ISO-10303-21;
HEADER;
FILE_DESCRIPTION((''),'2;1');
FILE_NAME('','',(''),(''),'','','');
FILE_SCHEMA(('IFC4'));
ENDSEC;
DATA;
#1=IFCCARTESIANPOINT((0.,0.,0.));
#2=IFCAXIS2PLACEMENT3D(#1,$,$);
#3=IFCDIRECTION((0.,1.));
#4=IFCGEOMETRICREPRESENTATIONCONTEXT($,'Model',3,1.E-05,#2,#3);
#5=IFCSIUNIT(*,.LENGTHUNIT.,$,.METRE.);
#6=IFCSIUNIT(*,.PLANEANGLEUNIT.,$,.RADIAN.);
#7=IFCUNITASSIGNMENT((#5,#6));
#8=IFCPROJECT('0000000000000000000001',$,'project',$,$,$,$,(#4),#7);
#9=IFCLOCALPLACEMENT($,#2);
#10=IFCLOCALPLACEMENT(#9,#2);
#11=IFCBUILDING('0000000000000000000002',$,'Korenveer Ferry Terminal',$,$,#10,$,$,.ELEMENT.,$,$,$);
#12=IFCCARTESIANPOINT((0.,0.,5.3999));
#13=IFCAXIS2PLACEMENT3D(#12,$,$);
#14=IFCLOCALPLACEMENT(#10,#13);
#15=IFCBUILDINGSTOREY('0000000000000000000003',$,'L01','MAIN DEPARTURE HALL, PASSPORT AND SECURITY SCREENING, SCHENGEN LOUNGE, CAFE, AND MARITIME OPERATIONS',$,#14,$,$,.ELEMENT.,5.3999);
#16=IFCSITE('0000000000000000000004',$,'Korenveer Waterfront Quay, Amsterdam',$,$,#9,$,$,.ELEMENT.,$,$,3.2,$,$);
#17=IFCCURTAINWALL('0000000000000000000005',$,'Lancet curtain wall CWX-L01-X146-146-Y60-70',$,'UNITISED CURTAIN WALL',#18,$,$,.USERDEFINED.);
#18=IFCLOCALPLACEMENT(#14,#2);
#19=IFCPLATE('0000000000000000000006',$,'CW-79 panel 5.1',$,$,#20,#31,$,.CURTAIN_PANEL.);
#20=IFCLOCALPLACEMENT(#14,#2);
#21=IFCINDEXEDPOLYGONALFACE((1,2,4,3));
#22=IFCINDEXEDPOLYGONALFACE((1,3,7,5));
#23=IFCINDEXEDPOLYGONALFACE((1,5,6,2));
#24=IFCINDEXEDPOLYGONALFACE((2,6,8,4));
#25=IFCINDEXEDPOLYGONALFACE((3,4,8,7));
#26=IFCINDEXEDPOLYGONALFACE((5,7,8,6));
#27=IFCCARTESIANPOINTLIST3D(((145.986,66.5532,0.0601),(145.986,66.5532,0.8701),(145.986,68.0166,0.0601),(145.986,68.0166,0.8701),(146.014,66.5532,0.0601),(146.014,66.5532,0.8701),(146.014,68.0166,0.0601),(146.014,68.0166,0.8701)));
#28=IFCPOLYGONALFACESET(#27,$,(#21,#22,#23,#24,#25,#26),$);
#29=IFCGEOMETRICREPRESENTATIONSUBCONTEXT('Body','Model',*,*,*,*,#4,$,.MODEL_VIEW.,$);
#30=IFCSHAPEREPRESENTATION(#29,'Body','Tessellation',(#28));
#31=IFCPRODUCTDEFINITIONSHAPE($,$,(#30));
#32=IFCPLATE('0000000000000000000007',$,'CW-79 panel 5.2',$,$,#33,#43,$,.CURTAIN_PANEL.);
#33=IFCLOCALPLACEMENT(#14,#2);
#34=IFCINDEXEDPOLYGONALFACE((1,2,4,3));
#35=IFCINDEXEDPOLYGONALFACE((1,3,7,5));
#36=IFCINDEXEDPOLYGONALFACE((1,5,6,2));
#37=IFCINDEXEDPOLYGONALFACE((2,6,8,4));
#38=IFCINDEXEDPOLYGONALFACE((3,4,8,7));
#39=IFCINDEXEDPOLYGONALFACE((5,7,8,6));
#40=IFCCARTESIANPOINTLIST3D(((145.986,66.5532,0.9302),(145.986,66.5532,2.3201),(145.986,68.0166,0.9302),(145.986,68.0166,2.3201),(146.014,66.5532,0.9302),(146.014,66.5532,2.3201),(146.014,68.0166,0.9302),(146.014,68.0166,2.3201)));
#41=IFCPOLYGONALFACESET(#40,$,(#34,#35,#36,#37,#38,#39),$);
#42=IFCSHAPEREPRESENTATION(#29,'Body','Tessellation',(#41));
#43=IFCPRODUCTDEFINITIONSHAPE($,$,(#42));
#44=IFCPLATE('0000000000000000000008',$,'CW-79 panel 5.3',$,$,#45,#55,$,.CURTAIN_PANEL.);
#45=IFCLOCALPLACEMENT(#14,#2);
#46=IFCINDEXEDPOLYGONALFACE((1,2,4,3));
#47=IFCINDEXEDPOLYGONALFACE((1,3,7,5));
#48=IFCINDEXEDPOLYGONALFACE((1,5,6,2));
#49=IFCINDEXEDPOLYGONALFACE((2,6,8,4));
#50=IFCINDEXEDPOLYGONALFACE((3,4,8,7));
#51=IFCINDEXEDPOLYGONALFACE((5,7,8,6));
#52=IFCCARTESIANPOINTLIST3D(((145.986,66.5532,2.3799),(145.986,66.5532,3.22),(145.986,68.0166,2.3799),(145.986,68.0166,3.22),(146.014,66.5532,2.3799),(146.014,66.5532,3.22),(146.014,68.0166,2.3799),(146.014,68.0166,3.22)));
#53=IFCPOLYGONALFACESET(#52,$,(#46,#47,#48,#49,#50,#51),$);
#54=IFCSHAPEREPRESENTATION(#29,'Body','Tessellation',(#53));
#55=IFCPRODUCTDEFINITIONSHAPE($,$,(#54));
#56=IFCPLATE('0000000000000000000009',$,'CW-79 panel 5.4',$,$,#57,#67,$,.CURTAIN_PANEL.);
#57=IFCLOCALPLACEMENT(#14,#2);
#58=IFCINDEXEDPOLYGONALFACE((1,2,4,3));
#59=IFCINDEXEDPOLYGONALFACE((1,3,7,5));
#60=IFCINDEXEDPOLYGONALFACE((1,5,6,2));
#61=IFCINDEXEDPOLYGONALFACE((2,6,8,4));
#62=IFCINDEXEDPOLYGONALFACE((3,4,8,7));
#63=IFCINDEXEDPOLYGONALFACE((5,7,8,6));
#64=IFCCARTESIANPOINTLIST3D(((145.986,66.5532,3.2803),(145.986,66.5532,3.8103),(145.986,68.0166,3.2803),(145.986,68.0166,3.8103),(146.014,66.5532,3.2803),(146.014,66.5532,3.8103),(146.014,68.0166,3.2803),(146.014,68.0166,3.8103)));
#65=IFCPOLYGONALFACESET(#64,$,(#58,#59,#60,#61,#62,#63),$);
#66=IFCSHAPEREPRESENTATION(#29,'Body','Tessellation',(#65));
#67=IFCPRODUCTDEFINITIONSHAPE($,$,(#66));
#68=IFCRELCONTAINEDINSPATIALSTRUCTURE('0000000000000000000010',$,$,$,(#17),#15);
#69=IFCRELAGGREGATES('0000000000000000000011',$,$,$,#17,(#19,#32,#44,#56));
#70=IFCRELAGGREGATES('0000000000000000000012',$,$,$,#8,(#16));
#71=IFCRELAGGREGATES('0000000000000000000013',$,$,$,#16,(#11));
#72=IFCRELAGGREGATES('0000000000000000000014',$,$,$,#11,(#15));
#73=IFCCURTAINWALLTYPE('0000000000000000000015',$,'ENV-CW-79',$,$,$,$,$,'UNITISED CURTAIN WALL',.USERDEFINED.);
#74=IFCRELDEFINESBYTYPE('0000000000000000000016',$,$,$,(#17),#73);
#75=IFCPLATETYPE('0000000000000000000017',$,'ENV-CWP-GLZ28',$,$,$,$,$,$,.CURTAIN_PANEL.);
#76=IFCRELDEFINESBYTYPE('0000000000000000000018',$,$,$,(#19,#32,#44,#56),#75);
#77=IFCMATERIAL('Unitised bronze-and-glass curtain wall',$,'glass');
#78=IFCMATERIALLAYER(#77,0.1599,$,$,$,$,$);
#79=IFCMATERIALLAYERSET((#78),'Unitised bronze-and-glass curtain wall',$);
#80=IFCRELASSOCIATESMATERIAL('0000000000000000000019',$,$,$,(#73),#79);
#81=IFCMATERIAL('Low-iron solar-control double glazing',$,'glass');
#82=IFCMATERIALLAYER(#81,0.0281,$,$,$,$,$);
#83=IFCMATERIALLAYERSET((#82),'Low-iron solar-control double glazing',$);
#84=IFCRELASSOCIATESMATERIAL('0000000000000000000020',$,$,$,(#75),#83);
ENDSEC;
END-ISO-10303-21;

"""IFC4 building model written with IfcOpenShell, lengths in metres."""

from ifc_helpers import new_model, si_unit, direction, frame, origin, origin_2d, place, context, subcontext, project, spatial, rectangle, extrude, material, layer, layer_set, type_object, element, aggregate, save


model = new_model("IFC4")

# Units and contexts
model_context = context("Model", 3, precision=1e-05, world=origin(), true_north=direction((0.0, 1.0)))
body_context = subcontext(model_context, "Body", "Model", "MODEL_VIEW")
ifc_project = project(units=[si_unit("LENGTHUNIT", "METRE"), si_unit("PLANEANGLEUNIT", "RADIAN")], contexts=[model_context])

# Site, building, storey
site_placement = place(None, origin())
site = spatial("IfcSite", under=ifc_project, at=site_placement, Name="Korenveer Waterfront Quay, Amsterdam", CompositionType="ELEMENT", RefElevation=3.2)
building_placement = place(site_placement, origin())
building = spatial("IfcBuilding", under=site, at=building_placement, Name="Korenveer Ferry Terminal", CompositionType="ELEMENT")
storey_placement = place(building_placement, frame((0.0, 0.0, 5.3999)))
storey = spatial("IfcBuildingStorey", under=building, at=storey_placement, Name="L01", Description="MAIN DEPARTURE HALL, PASSPORT AND SECURITY SCREENING, SCHENGEN LOUNGE, CAFE, AND MARITIME OPERATIONS", CompositionType="ELEMENT", Elevation=5.3999)

# Curtain wall, plates
ifc_material_1 = material(Name="Unitised bronze-and-glass curtain wall", Category="glass")
ifc_layer_1 = layer(ifc_material_1, 0.1599)
ifc_layer_set_1 = layer_set([ifc_layer_1], Name="Unitised bronze-and-glass curtain wall")
curtain_wall_type = type_object("IfcCurtainWallType", Name="ENV-CW-79", ElementType="UNITISED CURTAIN WALL", PredefinedType="USERDEFINED", material=ifc_layer_set_1)
curtain_wall_placement = place(storey_placement, frame((146.0, 60.4299, 0.0)))
curtain_wall = element("IfcCurtainWall", 1, at=curtain_wall_placement, inside=storey, type_object=curtain_wall_type, Name="Lancet curtain wall CWX-L01-X146-146-Y60-70", ObjectType="UNITISED CURTAIN WALL", PredefinedType="USERDEFINED")
ifc_material_2 = material(Name="Low-iron solar-control double glazing", Category="glass")
ifc_layer_2 = layer(ifc_material_2, 0.0281)
ifc_layer_set_2 = layer_set([ifc_layer_2], Name="Low-iron solar-control double glazing")
plate_type = type_object("IfcPlateType", Name="ENV-CWP-GLZ28", PredefinedType="CURTAIN_PANEL", material=ifc_layer_set_2)
plate_1_placement = place(storey_placement, frame((146.0, 67.2849, 0.0601), z_axis=(0.0, 0.0, 1.0), x_axis=(0.0, 1.0, 0.0)))
plate_1 = element("IfcPlate", 2, at=plate_1_placement, type_object=plate_type, Name="CW-79 panel 5.1", PredefinedType="CURTAIN_PANEL", context=body_context, shape_type="SweptSolid", body=[
    extrude(rectangle(XDim=1.4634, YDim=0.0281, at=origin_2d()), origin(), (0.0, 0.0, 1.0), 0.8101),
])
plate_2_placement = place(storey_placement, frame((146.0, 67.2849, 0.9302), z_axis=(0.0, 0.0, 1.0), x_axis=(0.0, 1.0, 0.0)))
plate_2 = element("IfcPlate", 3, at=plate_2_placement, type_object=plate_type, Name="CW-79 panel 5.2", PredefinedType="CURTAIN_PANEL", context=body_context, shape_type="SweptSolid", body=[
    extrude(rectangle(XDim=1.4634, YDim=0.0281, at=origin_2d()), origin(), (0.0, 0.0, 1.0), 1.3899),
])
plate_3_placement = place(storey_placement, frame((146.0, 67.2849, 2.3799), z_axis=(0.0, 0.0, 1.0), x_axis=(0.0, 1.0, 0.0)))
plate_3 = element("IfcPlate", 4, at=plate_3_placement, type_object=plate_type, Name="CW-79 panel 5.3", PredefinedType="CURTAIN_PANEL", context=body_context, shape_type="SweptSolid", body=[
    extrude(rectangle(XDim=1.4634, YDim=0.0281, at=origin_2d()), origin(), (0.0, 0.0, 1.0), 0.8401),
])
plate_4_placement = place(storey_placement, frame((146.0, 67.2849, 3.2803), z_axis=(0.0, 0.0, 1.0), x_axis=(0.0, 1.0, 0.0)))
plate_4 = element("IfcPlate", 5, at=plate_4_placement, type_object=plate_type, Name="CW-79 panel 5.4", PredefinedType="CURTAIN_PANEL", context=body_context, shape_type="SweptSolid", body=[
    extrude(rectangle(XDim=1.4634, YDim=0.0281, at=origin_2d()), origin(), (0.0, 0.0, 1.0), 0.53),
])
aggregate(curtain_wall, [plate_1, plate_2, plate_3, plate_4])

save(model, "model.ifc")
